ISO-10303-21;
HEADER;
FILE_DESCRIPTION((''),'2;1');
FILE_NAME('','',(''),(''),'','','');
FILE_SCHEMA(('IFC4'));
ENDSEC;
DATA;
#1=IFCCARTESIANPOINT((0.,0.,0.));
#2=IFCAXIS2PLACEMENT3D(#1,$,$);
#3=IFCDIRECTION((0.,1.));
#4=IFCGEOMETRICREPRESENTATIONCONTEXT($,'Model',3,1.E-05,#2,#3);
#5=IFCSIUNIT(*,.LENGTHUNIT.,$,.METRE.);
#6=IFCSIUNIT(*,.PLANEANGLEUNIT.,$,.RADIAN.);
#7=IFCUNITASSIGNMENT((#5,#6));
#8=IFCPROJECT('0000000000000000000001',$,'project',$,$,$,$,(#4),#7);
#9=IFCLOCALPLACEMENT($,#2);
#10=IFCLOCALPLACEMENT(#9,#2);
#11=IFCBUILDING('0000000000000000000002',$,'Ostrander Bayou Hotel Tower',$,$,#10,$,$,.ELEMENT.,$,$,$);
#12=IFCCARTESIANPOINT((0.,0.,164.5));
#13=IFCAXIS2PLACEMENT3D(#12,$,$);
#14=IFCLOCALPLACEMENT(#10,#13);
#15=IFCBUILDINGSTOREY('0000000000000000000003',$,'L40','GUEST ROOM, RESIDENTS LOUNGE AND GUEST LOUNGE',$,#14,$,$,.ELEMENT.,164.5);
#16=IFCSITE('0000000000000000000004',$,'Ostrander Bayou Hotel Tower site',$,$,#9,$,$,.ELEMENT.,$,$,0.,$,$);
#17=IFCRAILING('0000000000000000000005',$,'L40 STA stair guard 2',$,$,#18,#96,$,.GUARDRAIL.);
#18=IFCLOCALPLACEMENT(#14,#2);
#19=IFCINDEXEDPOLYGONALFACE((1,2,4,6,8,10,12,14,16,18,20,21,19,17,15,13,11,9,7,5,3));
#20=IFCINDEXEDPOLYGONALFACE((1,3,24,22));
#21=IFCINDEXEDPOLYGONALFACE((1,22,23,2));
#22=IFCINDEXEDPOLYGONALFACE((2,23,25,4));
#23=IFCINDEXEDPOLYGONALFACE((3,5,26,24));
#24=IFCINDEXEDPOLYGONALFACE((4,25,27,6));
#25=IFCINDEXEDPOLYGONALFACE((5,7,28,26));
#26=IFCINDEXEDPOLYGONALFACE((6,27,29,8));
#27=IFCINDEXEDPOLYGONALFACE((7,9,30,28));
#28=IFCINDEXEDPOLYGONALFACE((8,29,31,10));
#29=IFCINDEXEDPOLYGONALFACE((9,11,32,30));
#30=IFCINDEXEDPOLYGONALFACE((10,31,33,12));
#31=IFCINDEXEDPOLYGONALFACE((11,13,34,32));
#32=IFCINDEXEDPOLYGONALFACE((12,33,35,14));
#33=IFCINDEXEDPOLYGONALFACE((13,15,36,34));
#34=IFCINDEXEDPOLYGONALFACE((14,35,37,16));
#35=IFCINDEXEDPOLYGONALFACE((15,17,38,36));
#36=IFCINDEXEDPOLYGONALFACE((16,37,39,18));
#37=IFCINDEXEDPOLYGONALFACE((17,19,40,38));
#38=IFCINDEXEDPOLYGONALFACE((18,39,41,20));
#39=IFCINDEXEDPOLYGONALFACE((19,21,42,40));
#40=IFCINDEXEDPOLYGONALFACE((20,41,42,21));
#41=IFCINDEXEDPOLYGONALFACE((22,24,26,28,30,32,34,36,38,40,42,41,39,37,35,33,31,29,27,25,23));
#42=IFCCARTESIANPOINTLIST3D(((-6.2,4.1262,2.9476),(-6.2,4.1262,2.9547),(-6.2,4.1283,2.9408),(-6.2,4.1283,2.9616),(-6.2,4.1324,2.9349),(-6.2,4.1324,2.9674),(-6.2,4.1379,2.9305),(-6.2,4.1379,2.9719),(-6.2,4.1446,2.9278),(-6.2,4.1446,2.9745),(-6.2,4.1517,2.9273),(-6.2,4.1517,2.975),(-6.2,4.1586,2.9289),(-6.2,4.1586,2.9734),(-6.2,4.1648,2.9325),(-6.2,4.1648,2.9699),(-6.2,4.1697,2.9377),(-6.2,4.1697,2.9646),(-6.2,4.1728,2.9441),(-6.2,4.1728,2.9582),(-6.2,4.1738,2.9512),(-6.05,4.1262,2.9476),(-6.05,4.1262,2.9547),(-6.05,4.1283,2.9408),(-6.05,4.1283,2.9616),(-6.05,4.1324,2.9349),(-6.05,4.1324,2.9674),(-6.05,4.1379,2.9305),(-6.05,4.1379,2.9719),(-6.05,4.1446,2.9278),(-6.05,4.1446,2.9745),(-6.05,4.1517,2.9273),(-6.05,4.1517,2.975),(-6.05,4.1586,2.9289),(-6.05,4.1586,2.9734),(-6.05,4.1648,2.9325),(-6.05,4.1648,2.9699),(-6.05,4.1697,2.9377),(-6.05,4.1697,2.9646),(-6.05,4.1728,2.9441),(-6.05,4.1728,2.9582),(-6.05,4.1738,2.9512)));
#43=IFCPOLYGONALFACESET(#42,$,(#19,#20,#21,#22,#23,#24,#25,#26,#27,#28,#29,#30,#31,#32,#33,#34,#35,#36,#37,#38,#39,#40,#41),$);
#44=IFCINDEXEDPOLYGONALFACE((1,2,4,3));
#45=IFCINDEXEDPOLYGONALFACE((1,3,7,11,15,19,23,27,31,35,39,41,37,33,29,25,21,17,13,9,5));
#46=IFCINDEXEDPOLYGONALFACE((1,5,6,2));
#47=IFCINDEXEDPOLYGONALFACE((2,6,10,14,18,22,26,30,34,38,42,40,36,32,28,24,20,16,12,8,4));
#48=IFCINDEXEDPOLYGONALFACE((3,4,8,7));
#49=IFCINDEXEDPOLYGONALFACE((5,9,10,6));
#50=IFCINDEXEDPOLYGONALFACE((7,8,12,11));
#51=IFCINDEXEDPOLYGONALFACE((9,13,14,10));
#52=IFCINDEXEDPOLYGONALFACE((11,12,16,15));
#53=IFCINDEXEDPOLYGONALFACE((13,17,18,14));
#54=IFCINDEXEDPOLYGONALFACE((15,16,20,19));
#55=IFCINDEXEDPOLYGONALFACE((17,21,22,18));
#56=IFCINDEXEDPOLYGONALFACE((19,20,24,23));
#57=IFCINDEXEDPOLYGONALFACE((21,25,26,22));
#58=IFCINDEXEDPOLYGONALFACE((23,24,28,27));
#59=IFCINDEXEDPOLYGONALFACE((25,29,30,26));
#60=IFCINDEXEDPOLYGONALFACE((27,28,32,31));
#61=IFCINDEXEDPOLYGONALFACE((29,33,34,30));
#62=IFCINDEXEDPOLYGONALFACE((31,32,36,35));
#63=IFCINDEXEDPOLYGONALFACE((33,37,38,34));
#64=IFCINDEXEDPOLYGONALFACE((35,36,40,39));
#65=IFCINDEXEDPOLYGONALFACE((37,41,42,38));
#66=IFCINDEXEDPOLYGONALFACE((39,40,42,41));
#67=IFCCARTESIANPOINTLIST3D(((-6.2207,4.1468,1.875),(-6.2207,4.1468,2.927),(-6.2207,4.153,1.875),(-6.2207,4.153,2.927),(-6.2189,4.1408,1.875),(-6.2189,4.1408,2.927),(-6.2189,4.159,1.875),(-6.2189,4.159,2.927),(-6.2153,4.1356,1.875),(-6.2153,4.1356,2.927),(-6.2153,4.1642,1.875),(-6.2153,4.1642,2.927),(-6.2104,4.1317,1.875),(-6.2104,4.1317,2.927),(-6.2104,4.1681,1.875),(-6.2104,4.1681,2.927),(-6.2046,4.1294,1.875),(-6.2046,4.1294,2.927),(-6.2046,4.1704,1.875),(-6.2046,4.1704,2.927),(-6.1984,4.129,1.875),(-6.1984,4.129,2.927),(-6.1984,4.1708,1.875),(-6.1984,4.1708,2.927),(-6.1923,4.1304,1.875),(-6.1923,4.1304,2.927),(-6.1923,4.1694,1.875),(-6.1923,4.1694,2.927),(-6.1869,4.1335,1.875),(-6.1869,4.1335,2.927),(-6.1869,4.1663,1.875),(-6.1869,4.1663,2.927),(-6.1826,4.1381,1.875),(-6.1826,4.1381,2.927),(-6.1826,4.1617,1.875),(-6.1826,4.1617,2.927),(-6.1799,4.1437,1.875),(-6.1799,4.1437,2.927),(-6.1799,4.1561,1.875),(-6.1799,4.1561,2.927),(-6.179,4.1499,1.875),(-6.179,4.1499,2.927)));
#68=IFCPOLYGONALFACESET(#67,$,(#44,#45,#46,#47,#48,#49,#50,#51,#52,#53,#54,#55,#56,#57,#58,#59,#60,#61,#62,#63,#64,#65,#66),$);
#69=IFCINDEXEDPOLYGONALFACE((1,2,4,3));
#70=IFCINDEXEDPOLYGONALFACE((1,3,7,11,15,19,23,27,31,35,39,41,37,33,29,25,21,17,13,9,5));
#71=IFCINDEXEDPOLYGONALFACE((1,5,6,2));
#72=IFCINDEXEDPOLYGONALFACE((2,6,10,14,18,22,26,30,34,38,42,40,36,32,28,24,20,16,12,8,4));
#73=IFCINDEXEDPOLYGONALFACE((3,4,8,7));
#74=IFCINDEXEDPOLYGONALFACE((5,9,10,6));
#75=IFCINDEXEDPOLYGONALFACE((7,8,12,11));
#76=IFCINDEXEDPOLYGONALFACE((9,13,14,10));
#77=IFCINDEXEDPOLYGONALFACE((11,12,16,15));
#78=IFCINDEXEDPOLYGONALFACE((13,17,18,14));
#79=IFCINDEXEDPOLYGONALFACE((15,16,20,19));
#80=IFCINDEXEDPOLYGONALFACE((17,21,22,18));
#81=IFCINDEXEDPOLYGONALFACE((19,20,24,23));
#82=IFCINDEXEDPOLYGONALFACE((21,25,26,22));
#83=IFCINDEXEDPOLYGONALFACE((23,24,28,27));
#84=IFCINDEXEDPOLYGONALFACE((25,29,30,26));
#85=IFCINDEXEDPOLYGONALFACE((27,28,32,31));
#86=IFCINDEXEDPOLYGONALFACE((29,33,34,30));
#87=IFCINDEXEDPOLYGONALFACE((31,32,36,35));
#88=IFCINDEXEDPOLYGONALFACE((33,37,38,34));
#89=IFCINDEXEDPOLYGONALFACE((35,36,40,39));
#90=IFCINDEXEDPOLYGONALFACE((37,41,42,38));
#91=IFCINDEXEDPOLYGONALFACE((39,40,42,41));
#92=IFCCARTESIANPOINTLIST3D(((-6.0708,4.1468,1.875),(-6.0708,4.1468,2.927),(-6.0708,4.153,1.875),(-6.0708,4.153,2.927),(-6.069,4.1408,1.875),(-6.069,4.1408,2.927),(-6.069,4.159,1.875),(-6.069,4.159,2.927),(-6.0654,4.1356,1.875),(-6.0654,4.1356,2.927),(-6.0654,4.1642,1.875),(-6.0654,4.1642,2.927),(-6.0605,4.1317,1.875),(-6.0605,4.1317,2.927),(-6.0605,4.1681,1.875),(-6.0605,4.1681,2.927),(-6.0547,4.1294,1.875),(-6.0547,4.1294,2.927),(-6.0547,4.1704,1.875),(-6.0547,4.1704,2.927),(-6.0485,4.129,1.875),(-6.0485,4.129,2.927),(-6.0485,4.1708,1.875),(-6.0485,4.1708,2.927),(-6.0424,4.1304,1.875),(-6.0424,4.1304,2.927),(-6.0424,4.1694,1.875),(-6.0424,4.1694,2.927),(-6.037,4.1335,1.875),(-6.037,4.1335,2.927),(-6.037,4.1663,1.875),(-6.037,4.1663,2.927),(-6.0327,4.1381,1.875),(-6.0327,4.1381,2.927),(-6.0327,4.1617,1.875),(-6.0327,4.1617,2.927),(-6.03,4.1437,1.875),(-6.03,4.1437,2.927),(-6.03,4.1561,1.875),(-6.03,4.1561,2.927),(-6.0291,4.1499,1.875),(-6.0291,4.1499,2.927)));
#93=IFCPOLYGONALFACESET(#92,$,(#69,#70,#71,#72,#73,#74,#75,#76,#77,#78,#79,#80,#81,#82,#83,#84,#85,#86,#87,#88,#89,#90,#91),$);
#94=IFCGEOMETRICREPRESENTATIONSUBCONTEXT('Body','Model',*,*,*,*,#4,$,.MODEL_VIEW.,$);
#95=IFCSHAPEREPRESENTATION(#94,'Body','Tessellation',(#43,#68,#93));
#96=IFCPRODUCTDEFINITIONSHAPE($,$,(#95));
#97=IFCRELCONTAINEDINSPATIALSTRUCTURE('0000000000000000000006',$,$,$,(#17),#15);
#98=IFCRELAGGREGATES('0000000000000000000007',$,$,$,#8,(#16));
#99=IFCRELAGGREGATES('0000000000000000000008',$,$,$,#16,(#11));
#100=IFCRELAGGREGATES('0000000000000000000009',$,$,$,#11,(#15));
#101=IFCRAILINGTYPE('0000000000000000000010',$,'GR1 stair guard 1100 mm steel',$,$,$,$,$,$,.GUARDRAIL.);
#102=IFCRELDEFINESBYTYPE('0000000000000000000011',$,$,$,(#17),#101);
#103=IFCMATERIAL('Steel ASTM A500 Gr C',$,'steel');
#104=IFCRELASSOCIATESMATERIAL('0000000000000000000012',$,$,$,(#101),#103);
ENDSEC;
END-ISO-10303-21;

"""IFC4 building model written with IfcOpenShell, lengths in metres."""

from ifc_helpers import new_model, si_unit, direction, frame, origin, origin_2d, place, context, subcontext, project, spatial, circle, extrude, material, type_object, element, save


model = new_model("IFC4")

# Units and contexts
model_context = context("Model", 3, precision=1e-05, world=origin(), true_north=direction((0.0, 1.0)))
body_context = subcontext(model_context, "Body", "Model", "MODEL_VIEW")
ifc_project = project(units=[si_unit("LENGTHUNIT", "METRE"), si_unit("PLANEANGLEUNIT", "RADIAN")], contexts=[model_context])

# Site, building, storey
site_placement = place(None, origin())
site = spatial("IfcSite", under=ifc_project, at=site_placement, Name="Ostrander Bayou Hotel Tower site", CompositionType="ELEMENT", RefElevation=0.0)
building_placement = place(site_placement, origin())
building = spatial("IfcBuilding", under=site, at=building_placement, Name="Ostrander Bayou Hotel Tower", CompositionType="ELEMENT")
storey_placement = place(building_placement, frame((0.0, 0.0, 164.5)))
storey = spatial("IfcBuildingStorey", under=building, at=storey_placement, Name="L40", Description="GUEST ROOM, RESIDENTS LOUNGE AND GUEST LOUNGE", CompositionType="ELEMENT", Elevation=164.5)

# Railing
ifc_material_1 = material(Name="Steel ASTM A500 Gr C", Category="steel")
railing_type_1 = type_object("IfcRailingType", Name="GR1 stair guard 1100 mm steel", PredefinedType="GUARDRAIL", material=ifc_material_1)
railing_1_placement = place(storey_placement, frame((-6.2, 4.1499, 1.875)))
element("IfcRailing", 1, at=railing_1_placement, inside=storey, type_object=railing_type_1, Name="L40 STA stair guard 2", PredefinedType="GUARDRAIL", context=body_context, shape_type="SweptSolid", body=[
    extrude(circle(Radius=0.0239, at=origin_2d()), frame((0.0, 0.0, 1.0762), z_axis=(1.0, 0.0, 0.0), x_axis=(0.0, 1.0, 0.0)), (0.0, 0.0, 1.0), 0.1499),
    extrude(circle(Radius=0.021, at=origin_2d()), origin(), (0.0, 0.0, 1.0), 1.052),
    extrude(circle(Radius=0.021, at=origin_2d()), frame((0.1499, 0.0, 0.0)), (0.0, 0.0, 1.0), 1.052),
])

save(model, "model.ifc")
